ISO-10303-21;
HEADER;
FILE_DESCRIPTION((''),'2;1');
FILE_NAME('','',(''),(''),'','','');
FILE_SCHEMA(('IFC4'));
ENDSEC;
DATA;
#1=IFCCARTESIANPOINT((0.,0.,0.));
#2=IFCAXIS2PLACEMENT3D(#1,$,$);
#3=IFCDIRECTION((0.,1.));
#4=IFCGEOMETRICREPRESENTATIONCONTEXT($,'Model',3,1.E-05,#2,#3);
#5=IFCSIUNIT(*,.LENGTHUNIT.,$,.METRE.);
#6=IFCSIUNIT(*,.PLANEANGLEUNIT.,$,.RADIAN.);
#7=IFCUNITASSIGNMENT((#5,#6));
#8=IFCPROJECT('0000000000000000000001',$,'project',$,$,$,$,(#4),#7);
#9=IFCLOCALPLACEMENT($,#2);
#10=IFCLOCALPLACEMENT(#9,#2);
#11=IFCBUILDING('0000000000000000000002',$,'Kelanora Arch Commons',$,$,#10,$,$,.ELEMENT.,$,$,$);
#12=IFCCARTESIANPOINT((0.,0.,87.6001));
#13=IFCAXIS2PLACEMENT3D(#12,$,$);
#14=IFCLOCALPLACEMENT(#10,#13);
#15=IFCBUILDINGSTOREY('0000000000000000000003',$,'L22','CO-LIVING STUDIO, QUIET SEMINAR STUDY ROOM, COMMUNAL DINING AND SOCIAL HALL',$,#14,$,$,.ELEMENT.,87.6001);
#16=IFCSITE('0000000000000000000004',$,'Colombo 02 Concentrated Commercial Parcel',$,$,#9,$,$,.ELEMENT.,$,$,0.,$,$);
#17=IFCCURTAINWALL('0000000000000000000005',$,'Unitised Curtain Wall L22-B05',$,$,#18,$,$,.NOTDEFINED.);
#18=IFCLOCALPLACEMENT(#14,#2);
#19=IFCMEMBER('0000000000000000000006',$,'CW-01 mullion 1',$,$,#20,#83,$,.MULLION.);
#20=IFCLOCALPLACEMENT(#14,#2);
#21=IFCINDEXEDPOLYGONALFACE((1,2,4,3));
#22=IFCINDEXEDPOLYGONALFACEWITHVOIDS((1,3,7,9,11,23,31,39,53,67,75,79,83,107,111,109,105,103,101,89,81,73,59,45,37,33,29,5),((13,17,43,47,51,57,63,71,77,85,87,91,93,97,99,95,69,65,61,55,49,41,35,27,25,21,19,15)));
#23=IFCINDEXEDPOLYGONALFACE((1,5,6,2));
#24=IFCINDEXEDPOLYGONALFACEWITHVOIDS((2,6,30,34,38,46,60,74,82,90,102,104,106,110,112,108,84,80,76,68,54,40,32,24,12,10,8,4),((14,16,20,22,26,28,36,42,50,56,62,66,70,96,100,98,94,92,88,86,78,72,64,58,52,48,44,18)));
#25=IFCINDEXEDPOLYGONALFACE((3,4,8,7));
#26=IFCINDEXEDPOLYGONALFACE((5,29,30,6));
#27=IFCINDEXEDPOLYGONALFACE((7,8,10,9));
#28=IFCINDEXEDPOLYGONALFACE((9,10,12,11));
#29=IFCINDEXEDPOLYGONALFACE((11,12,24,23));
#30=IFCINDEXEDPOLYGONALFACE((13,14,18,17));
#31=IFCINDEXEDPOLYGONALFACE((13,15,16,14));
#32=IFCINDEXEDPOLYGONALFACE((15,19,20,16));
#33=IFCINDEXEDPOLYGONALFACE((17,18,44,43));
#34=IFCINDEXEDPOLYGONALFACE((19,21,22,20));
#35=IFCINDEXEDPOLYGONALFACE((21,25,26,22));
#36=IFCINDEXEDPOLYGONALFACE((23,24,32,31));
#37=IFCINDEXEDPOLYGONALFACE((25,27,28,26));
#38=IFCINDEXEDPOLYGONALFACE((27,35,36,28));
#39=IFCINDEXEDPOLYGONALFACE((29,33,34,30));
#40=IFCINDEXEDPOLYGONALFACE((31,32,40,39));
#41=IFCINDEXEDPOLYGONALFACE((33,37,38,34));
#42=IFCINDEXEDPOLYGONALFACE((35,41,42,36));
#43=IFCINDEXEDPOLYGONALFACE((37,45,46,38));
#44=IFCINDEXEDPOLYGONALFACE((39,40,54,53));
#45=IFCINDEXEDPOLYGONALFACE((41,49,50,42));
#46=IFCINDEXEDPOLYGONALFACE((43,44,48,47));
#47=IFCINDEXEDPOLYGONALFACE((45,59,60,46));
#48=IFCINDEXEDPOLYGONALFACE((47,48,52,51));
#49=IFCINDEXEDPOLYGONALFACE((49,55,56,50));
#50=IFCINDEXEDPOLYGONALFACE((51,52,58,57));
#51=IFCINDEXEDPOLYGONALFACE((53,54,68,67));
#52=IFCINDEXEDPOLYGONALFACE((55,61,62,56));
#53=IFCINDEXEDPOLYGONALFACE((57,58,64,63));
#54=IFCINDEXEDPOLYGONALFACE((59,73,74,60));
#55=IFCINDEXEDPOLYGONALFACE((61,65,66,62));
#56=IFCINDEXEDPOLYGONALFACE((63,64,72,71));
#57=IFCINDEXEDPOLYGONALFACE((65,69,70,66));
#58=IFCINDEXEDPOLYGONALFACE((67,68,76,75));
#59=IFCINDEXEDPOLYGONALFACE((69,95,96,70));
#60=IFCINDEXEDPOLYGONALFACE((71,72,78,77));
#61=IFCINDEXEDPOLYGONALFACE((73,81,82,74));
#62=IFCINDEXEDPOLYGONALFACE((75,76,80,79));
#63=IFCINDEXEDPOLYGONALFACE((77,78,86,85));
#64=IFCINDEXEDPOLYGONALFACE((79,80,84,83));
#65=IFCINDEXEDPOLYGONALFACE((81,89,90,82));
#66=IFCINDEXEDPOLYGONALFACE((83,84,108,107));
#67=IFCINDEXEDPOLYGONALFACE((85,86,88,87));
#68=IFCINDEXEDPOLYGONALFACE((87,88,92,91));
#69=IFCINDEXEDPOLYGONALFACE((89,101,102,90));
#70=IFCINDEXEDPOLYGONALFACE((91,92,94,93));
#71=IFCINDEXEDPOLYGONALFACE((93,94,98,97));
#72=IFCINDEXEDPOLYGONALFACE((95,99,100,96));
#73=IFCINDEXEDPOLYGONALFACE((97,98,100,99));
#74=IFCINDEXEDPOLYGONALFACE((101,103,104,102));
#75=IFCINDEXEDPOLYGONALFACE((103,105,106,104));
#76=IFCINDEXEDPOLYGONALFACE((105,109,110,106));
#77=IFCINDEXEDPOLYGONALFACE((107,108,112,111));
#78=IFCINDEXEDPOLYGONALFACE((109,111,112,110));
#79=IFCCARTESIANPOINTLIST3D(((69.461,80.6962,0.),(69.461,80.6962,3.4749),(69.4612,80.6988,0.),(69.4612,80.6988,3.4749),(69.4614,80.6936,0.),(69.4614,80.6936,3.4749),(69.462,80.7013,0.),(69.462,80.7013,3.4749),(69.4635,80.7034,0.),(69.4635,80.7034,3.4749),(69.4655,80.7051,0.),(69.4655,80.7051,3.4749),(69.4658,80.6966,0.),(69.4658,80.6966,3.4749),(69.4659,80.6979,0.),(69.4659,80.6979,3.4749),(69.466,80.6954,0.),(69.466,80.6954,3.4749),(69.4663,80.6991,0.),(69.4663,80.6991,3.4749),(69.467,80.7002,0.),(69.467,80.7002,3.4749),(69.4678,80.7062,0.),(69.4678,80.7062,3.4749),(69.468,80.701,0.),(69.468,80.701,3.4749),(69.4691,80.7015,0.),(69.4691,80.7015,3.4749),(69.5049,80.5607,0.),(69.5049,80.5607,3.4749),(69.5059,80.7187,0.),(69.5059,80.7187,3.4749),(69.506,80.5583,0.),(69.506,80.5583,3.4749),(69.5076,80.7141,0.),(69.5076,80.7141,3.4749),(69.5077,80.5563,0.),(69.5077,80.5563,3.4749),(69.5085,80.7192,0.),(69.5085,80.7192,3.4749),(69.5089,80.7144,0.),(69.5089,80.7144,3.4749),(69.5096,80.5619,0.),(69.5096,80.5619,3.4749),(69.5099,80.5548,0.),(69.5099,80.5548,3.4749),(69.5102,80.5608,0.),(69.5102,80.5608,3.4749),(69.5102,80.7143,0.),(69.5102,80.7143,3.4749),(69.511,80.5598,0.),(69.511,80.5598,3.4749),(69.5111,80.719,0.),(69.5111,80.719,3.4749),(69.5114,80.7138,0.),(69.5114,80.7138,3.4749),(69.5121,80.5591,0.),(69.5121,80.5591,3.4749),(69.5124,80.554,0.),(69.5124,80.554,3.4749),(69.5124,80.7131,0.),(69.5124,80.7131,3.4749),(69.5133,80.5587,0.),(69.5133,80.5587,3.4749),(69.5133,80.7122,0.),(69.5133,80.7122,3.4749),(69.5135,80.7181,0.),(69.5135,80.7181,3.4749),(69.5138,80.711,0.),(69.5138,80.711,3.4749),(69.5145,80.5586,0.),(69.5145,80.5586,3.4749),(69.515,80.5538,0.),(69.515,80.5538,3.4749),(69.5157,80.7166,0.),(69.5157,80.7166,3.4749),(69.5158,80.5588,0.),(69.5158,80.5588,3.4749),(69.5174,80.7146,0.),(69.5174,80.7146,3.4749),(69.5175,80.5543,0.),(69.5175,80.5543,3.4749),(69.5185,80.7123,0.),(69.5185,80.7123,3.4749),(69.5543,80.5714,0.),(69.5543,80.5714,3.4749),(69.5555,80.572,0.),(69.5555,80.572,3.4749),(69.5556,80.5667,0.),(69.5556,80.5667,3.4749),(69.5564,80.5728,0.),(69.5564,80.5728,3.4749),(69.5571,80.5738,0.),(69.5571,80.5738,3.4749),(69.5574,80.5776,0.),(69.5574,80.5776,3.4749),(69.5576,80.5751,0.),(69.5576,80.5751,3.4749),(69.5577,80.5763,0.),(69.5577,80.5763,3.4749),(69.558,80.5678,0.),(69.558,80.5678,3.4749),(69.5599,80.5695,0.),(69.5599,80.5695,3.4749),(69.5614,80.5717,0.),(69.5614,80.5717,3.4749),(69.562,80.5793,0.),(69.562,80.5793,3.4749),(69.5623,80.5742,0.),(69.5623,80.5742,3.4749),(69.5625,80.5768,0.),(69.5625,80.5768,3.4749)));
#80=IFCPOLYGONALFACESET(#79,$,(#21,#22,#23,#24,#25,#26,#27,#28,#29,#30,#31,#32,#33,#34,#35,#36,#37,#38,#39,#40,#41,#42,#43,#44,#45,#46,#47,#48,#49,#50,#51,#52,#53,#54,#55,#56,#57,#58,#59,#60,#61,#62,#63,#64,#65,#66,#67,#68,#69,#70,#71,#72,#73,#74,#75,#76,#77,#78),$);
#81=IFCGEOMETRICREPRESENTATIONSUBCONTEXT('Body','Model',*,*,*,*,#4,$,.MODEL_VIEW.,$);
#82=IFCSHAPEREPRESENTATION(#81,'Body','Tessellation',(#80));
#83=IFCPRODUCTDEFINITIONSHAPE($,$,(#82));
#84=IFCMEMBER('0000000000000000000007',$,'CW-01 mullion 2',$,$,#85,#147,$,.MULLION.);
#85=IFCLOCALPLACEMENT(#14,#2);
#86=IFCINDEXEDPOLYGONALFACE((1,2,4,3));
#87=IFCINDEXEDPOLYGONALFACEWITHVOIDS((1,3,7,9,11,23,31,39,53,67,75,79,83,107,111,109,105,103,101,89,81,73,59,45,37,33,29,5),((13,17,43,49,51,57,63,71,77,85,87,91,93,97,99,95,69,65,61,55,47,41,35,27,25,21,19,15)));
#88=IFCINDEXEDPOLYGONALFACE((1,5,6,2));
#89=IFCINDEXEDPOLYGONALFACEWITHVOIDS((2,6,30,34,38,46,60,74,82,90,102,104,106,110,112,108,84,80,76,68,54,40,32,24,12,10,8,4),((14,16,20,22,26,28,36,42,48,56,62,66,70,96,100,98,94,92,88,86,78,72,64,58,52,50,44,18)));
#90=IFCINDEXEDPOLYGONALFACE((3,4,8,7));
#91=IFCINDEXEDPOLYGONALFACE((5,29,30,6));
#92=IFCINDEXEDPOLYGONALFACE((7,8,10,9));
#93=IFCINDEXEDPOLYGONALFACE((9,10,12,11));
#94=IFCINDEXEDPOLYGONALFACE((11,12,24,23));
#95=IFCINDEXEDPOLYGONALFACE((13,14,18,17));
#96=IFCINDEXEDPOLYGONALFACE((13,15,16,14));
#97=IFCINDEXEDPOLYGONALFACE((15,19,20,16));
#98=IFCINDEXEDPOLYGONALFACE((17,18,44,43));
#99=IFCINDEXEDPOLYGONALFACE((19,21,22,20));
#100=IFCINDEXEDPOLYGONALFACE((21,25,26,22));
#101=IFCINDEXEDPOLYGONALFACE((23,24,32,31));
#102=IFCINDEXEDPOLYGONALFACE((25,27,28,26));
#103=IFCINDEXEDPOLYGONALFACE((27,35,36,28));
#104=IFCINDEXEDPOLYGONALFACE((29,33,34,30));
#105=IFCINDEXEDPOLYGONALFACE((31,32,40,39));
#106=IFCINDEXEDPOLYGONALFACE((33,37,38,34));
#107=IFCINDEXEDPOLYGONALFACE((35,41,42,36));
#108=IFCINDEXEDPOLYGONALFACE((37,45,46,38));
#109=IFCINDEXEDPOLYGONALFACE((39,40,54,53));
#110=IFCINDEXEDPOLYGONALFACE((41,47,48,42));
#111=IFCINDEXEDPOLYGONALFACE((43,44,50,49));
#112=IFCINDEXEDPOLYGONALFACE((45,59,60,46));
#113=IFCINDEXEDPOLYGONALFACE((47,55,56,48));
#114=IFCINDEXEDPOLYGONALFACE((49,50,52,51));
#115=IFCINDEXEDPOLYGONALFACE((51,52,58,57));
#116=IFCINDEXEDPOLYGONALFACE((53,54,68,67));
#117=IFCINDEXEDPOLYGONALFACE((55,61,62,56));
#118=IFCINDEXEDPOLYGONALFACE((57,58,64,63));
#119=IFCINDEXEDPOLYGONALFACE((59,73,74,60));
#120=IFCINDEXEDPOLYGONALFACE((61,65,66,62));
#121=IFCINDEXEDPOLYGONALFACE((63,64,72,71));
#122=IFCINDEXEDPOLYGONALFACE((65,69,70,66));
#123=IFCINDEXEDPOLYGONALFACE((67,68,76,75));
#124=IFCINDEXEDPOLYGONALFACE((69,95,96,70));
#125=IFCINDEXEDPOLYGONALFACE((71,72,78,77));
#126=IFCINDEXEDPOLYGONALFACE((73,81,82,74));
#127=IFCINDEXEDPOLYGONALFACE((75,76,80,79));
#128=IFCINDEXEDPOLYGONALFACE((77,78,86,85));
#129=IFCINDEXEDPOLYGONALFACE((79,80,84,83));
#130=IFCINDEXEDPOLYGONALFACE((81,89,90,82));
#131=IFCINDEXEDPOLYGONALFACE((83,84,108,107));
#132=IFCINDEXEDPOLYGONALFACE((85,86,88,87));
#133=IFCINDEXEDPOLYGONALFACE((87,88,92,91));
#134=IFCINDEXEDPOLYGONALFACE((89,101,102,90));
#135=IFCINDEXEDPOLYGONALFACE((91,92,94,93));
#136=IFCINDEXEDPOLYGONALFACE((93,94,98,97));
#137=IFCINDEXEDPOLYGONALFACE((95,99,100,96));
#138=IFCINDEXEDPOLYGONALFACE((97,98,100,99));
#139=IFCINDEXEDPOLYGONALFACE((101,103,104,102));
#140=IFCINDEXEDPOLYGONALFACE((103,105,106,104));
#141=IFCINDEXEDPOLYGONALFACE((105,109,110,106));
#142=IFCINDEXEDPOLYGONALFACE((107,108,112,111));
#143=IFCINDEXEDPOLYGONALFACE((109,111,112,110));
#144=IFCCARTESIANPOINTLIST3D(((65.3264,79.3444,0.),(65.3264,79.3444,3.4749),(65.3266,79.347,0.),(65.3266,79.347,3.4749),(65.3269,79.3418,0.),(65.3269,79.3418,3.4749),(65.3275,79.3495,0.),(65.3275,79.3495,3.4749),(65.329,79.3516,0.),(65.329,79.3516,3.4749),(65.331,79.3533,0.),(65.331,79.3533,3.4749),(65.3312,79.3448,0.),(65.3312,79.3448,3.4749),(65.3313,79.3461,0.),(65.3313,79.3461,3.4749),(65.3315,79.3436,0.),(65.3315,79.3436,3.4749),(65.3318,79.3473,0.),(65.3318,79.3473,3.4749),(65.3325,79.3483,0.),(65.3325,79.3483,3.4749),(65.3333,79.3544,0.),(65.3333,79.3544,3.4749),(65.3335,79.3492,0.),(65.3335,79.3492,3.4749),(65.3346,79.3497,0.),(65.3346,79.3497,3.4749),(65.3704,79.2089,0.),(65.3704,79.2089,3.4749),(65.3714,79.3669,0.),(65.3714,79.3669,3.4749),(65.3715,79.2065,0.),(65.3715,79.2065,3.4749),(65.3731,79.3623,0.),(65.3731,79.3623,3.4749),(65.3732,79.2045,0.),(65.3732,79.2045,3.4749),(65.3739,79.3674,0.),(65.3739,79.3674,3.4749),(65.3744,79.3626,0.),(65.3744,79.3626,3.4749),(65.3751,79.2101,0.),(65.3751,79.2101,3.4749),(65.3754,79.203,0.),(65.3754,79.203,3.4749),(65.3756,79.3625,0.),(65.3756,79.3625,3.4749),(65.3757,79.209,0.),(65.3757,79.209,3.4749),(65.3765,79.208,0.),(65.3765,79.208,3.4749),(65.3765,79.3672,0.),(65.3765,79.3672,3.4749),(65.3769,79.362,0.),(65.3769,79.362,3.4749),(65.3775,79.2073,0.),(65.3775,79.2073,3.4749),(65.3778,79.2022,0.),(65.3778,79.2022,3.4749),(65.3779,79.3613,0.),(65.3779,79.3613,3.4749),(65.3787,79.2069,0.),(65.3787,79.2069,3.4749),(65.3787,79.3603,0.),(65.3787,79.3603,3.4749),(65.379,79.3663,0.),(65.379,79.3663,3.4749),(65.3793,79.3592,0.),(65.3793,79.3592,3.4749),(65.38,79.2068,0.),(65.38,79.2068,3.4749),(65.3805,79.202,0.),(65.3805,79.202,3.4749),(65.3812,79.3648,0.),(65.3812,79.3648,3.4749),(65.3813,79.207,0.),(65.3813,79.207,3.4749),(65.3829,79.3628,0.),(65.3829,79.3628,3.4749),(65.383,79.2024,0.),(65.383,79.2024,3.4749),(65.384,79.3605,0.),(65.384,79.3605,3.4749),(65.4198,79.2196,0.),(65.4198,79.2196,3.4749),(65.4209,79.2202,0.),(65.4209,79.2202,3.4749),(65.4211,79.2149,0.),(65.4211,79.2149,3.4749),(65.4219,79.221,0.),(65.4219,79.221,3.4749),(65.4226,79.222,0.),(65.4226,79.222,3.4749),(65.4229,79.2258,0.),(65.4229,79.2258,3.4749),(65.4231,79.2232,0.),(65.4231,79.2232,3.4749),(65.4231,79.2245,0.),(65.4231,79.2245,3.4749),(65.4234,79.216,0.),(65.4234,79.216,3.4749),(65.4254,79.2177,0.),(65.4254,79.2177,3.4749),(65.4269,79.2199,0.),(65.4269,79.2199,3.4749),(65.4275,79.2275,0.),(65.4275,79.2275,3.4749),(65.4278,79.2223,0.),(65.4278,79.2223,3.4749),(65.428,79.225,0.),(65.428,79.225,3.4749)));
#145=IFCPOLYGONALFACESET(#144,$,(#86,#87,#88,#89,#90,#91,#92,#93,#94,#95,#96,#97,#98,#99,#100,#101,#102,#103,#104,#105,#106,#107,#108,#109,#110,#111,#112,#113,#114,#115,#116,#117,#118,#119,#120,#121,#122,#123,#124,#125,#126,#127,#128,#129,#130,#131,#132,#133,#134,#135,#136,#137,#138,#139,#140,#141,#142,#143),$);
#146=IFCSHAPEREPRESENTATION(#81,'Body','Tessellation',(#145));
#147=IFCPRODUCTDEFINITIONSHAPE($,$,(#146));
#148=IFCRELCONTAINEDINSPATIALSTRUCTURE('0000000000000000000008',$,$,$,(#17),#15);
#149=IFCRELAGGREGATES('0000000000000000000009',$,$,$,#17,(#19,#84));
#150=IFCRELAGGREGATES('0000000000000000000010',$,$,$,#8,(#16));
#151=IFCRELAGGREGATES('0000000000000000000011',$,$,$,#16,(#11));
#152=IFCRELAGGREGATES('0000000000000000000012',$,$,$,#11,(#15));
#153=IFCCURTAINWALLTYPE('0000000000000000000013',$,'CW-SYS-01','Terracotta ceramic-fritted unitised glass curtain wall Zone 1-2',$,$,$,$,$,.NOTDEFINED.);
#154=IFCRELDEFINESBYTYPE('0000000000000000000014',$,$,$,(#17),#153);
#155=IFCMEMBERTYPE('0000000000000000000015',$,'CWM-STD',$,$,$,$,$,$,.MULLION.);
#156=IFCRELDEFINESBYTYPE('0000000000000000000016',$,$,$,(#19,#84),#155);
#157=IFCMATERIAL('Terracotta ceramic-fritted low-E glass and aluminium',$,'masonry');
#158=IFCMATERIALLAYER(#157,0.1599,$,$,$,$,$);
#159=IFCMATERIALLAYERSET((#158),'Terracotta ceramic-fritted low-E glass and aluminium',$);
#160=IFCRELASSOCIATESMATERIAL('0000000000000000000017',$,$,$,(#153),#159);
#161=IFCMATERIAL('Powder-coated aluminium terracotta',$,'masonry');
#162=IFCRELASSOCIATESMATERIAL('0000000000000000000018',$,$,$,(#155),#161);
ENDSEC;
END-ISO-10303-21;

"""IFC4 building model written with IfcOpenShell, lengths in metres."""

from ifc_helpers import new_model, si_unit, direction, frame, origin, origin_2d, place, context, subcontext, project, spatial, hollow_rectangle, extrude, material, layer, layer_set, material_profile, profile_set, type_object, element, aggregate, save


model = new_model("IFC4")

# Units and contexts
model_context = context("Model", 3, precision=1e-05, world=origin(), true_north=direction((0.0, 1.0)))
body_context = subcontext(model_context, "Body", "Model", "MODEL_VIEW")
ifc_project = project(units=[si_unit("LENGTHUNIT", "METRE"), si_unit("PLANEANGLEUNIT", "RADIAN")], contexts=[model_context])

# Site, building, storey
site_placement = place(None, origin())
site = spatial("IfcSite", under=ifc_project, at=site_placement, Name="Colombo 02 Concentrated Commercial Parcel", CompositionType="ELEMENT", RefElevation=0.0)
building_placement = place(site_placement, origin())
building = spatial("IfcBuilding", under=site, at=building_placement, Name="Kelanora Arch Commons", CompositionType="ELEMENT")
storey_placement = place(building_placement, frame((0.0, 0.0, 87.6001)))
storey = spatial("IfcBuildingStorey", under=building, at=storey_placement, Name="L22", Description="CO-LIVING STUDIO, QUIET SEMINAR STUDY ROOM, COMMUNAL DINING AND SOCIAL HALL", CompositionType="ELEMENT", Elevation=87.6001)

# Curtain wall, members
ifc_material_1 = material(Name="Terracotta ceramic-fritted low-E glass and aluminium", Category="masonry")
ifc_layer_1 = layer(ifc_material_1, 0.1599)
ifc_layer_set_1 = layer_set([ifc_layer_1], Name="Terracotta ceramic-fritted low-E glass and aluminium")
curtain_wall_type = type_object("IfcCurtainWallType", Name="CW-SYS-01", Description="Terracotta ceramic-fritted unitised glass curtain wall Zone 1-2", PredefinedType="NOTDEFINED", material=ifc_layer_set_1)
curtain_wall_placement = place(storey_placement, origin())
curtain_wall = element("IfcCurtainWall", 1, at=curtain_wall_placement, inside=storey, type_object=curtain_wall_type, Name="Unitised Curtain Wall L22-B05", PredefinedType="NOTDEFINED")
ifc_material_2 = material(Name="Powder-coated aluminium terracotta", Category="masonry")
ifc_material_profile_1 = material_profile(ifc_material_2, hollow_rectangle(XDim=0.1599, YDim=0.0601, WallThickness=0.0049, InnerFilletRadius=0.0049, OuterFilletRadius=0.01, at=origin_2d()), Name="CWM160x60")
ifc_profile_set_1 = profile_set([ifc_material_profile_1], Name="Powder-coated aluminium terracotta")
member_type_1 = type_object("IfcMemberType", Name="CWM-STD", PredefinedType="MULLION", material=ifc_profile_set_1)
member_1_placement = place(storey_placement, frame((69.5117, 80.6365, 0.0), z_axis=(0.0, 0.0, 1.0), x_axis=(0.310805, -0.950474, 0.0)))
member_1 = element("IfcMember", 2, at=member_1_placement, type_object=member_type_1, Name="CW-01 mullion 1", PredefinedType="MULLION", context=body_context, shape_type="SweptSolid", body=[
    extrude(hollow_rectangle(XDim=0.1599, YDim=0.0601, WallThickness=0.0049, InnerFilletRadius=0.0049, OuterFilletRadius=0.01, at=origin_2d()), origin(), (0.0, 0.0, 1.0), 3.4749),
])
member_2_placement = place(storey_placement, frame((65.3772, 79.2847, 0.0), z_axis=(0.0, 0.0, 1.0), x_axis=(0.310805, -0.950474, 0.0)))
member_2 = element("IfcMember", 3, at=member_2_placement, type_object=member_type_1, Name="CW-01 mullion 2", PredefinedType="MULLION", context=body_context, shape_type="SweptSolid", body=[
    extrude(hollow_rectangle(XDim=0.1599, YDim=0.0601, WallThickness=0.0049, InnerFilletRadius=0.0049, OuterFilletRadius=0.01, at=origin_2d()), origin(), (0.0, 0.0, 1.0), 3.4749),
])
aggregate(curtain_wall, [member_1, member_2])

save(model, "model.ifc")
